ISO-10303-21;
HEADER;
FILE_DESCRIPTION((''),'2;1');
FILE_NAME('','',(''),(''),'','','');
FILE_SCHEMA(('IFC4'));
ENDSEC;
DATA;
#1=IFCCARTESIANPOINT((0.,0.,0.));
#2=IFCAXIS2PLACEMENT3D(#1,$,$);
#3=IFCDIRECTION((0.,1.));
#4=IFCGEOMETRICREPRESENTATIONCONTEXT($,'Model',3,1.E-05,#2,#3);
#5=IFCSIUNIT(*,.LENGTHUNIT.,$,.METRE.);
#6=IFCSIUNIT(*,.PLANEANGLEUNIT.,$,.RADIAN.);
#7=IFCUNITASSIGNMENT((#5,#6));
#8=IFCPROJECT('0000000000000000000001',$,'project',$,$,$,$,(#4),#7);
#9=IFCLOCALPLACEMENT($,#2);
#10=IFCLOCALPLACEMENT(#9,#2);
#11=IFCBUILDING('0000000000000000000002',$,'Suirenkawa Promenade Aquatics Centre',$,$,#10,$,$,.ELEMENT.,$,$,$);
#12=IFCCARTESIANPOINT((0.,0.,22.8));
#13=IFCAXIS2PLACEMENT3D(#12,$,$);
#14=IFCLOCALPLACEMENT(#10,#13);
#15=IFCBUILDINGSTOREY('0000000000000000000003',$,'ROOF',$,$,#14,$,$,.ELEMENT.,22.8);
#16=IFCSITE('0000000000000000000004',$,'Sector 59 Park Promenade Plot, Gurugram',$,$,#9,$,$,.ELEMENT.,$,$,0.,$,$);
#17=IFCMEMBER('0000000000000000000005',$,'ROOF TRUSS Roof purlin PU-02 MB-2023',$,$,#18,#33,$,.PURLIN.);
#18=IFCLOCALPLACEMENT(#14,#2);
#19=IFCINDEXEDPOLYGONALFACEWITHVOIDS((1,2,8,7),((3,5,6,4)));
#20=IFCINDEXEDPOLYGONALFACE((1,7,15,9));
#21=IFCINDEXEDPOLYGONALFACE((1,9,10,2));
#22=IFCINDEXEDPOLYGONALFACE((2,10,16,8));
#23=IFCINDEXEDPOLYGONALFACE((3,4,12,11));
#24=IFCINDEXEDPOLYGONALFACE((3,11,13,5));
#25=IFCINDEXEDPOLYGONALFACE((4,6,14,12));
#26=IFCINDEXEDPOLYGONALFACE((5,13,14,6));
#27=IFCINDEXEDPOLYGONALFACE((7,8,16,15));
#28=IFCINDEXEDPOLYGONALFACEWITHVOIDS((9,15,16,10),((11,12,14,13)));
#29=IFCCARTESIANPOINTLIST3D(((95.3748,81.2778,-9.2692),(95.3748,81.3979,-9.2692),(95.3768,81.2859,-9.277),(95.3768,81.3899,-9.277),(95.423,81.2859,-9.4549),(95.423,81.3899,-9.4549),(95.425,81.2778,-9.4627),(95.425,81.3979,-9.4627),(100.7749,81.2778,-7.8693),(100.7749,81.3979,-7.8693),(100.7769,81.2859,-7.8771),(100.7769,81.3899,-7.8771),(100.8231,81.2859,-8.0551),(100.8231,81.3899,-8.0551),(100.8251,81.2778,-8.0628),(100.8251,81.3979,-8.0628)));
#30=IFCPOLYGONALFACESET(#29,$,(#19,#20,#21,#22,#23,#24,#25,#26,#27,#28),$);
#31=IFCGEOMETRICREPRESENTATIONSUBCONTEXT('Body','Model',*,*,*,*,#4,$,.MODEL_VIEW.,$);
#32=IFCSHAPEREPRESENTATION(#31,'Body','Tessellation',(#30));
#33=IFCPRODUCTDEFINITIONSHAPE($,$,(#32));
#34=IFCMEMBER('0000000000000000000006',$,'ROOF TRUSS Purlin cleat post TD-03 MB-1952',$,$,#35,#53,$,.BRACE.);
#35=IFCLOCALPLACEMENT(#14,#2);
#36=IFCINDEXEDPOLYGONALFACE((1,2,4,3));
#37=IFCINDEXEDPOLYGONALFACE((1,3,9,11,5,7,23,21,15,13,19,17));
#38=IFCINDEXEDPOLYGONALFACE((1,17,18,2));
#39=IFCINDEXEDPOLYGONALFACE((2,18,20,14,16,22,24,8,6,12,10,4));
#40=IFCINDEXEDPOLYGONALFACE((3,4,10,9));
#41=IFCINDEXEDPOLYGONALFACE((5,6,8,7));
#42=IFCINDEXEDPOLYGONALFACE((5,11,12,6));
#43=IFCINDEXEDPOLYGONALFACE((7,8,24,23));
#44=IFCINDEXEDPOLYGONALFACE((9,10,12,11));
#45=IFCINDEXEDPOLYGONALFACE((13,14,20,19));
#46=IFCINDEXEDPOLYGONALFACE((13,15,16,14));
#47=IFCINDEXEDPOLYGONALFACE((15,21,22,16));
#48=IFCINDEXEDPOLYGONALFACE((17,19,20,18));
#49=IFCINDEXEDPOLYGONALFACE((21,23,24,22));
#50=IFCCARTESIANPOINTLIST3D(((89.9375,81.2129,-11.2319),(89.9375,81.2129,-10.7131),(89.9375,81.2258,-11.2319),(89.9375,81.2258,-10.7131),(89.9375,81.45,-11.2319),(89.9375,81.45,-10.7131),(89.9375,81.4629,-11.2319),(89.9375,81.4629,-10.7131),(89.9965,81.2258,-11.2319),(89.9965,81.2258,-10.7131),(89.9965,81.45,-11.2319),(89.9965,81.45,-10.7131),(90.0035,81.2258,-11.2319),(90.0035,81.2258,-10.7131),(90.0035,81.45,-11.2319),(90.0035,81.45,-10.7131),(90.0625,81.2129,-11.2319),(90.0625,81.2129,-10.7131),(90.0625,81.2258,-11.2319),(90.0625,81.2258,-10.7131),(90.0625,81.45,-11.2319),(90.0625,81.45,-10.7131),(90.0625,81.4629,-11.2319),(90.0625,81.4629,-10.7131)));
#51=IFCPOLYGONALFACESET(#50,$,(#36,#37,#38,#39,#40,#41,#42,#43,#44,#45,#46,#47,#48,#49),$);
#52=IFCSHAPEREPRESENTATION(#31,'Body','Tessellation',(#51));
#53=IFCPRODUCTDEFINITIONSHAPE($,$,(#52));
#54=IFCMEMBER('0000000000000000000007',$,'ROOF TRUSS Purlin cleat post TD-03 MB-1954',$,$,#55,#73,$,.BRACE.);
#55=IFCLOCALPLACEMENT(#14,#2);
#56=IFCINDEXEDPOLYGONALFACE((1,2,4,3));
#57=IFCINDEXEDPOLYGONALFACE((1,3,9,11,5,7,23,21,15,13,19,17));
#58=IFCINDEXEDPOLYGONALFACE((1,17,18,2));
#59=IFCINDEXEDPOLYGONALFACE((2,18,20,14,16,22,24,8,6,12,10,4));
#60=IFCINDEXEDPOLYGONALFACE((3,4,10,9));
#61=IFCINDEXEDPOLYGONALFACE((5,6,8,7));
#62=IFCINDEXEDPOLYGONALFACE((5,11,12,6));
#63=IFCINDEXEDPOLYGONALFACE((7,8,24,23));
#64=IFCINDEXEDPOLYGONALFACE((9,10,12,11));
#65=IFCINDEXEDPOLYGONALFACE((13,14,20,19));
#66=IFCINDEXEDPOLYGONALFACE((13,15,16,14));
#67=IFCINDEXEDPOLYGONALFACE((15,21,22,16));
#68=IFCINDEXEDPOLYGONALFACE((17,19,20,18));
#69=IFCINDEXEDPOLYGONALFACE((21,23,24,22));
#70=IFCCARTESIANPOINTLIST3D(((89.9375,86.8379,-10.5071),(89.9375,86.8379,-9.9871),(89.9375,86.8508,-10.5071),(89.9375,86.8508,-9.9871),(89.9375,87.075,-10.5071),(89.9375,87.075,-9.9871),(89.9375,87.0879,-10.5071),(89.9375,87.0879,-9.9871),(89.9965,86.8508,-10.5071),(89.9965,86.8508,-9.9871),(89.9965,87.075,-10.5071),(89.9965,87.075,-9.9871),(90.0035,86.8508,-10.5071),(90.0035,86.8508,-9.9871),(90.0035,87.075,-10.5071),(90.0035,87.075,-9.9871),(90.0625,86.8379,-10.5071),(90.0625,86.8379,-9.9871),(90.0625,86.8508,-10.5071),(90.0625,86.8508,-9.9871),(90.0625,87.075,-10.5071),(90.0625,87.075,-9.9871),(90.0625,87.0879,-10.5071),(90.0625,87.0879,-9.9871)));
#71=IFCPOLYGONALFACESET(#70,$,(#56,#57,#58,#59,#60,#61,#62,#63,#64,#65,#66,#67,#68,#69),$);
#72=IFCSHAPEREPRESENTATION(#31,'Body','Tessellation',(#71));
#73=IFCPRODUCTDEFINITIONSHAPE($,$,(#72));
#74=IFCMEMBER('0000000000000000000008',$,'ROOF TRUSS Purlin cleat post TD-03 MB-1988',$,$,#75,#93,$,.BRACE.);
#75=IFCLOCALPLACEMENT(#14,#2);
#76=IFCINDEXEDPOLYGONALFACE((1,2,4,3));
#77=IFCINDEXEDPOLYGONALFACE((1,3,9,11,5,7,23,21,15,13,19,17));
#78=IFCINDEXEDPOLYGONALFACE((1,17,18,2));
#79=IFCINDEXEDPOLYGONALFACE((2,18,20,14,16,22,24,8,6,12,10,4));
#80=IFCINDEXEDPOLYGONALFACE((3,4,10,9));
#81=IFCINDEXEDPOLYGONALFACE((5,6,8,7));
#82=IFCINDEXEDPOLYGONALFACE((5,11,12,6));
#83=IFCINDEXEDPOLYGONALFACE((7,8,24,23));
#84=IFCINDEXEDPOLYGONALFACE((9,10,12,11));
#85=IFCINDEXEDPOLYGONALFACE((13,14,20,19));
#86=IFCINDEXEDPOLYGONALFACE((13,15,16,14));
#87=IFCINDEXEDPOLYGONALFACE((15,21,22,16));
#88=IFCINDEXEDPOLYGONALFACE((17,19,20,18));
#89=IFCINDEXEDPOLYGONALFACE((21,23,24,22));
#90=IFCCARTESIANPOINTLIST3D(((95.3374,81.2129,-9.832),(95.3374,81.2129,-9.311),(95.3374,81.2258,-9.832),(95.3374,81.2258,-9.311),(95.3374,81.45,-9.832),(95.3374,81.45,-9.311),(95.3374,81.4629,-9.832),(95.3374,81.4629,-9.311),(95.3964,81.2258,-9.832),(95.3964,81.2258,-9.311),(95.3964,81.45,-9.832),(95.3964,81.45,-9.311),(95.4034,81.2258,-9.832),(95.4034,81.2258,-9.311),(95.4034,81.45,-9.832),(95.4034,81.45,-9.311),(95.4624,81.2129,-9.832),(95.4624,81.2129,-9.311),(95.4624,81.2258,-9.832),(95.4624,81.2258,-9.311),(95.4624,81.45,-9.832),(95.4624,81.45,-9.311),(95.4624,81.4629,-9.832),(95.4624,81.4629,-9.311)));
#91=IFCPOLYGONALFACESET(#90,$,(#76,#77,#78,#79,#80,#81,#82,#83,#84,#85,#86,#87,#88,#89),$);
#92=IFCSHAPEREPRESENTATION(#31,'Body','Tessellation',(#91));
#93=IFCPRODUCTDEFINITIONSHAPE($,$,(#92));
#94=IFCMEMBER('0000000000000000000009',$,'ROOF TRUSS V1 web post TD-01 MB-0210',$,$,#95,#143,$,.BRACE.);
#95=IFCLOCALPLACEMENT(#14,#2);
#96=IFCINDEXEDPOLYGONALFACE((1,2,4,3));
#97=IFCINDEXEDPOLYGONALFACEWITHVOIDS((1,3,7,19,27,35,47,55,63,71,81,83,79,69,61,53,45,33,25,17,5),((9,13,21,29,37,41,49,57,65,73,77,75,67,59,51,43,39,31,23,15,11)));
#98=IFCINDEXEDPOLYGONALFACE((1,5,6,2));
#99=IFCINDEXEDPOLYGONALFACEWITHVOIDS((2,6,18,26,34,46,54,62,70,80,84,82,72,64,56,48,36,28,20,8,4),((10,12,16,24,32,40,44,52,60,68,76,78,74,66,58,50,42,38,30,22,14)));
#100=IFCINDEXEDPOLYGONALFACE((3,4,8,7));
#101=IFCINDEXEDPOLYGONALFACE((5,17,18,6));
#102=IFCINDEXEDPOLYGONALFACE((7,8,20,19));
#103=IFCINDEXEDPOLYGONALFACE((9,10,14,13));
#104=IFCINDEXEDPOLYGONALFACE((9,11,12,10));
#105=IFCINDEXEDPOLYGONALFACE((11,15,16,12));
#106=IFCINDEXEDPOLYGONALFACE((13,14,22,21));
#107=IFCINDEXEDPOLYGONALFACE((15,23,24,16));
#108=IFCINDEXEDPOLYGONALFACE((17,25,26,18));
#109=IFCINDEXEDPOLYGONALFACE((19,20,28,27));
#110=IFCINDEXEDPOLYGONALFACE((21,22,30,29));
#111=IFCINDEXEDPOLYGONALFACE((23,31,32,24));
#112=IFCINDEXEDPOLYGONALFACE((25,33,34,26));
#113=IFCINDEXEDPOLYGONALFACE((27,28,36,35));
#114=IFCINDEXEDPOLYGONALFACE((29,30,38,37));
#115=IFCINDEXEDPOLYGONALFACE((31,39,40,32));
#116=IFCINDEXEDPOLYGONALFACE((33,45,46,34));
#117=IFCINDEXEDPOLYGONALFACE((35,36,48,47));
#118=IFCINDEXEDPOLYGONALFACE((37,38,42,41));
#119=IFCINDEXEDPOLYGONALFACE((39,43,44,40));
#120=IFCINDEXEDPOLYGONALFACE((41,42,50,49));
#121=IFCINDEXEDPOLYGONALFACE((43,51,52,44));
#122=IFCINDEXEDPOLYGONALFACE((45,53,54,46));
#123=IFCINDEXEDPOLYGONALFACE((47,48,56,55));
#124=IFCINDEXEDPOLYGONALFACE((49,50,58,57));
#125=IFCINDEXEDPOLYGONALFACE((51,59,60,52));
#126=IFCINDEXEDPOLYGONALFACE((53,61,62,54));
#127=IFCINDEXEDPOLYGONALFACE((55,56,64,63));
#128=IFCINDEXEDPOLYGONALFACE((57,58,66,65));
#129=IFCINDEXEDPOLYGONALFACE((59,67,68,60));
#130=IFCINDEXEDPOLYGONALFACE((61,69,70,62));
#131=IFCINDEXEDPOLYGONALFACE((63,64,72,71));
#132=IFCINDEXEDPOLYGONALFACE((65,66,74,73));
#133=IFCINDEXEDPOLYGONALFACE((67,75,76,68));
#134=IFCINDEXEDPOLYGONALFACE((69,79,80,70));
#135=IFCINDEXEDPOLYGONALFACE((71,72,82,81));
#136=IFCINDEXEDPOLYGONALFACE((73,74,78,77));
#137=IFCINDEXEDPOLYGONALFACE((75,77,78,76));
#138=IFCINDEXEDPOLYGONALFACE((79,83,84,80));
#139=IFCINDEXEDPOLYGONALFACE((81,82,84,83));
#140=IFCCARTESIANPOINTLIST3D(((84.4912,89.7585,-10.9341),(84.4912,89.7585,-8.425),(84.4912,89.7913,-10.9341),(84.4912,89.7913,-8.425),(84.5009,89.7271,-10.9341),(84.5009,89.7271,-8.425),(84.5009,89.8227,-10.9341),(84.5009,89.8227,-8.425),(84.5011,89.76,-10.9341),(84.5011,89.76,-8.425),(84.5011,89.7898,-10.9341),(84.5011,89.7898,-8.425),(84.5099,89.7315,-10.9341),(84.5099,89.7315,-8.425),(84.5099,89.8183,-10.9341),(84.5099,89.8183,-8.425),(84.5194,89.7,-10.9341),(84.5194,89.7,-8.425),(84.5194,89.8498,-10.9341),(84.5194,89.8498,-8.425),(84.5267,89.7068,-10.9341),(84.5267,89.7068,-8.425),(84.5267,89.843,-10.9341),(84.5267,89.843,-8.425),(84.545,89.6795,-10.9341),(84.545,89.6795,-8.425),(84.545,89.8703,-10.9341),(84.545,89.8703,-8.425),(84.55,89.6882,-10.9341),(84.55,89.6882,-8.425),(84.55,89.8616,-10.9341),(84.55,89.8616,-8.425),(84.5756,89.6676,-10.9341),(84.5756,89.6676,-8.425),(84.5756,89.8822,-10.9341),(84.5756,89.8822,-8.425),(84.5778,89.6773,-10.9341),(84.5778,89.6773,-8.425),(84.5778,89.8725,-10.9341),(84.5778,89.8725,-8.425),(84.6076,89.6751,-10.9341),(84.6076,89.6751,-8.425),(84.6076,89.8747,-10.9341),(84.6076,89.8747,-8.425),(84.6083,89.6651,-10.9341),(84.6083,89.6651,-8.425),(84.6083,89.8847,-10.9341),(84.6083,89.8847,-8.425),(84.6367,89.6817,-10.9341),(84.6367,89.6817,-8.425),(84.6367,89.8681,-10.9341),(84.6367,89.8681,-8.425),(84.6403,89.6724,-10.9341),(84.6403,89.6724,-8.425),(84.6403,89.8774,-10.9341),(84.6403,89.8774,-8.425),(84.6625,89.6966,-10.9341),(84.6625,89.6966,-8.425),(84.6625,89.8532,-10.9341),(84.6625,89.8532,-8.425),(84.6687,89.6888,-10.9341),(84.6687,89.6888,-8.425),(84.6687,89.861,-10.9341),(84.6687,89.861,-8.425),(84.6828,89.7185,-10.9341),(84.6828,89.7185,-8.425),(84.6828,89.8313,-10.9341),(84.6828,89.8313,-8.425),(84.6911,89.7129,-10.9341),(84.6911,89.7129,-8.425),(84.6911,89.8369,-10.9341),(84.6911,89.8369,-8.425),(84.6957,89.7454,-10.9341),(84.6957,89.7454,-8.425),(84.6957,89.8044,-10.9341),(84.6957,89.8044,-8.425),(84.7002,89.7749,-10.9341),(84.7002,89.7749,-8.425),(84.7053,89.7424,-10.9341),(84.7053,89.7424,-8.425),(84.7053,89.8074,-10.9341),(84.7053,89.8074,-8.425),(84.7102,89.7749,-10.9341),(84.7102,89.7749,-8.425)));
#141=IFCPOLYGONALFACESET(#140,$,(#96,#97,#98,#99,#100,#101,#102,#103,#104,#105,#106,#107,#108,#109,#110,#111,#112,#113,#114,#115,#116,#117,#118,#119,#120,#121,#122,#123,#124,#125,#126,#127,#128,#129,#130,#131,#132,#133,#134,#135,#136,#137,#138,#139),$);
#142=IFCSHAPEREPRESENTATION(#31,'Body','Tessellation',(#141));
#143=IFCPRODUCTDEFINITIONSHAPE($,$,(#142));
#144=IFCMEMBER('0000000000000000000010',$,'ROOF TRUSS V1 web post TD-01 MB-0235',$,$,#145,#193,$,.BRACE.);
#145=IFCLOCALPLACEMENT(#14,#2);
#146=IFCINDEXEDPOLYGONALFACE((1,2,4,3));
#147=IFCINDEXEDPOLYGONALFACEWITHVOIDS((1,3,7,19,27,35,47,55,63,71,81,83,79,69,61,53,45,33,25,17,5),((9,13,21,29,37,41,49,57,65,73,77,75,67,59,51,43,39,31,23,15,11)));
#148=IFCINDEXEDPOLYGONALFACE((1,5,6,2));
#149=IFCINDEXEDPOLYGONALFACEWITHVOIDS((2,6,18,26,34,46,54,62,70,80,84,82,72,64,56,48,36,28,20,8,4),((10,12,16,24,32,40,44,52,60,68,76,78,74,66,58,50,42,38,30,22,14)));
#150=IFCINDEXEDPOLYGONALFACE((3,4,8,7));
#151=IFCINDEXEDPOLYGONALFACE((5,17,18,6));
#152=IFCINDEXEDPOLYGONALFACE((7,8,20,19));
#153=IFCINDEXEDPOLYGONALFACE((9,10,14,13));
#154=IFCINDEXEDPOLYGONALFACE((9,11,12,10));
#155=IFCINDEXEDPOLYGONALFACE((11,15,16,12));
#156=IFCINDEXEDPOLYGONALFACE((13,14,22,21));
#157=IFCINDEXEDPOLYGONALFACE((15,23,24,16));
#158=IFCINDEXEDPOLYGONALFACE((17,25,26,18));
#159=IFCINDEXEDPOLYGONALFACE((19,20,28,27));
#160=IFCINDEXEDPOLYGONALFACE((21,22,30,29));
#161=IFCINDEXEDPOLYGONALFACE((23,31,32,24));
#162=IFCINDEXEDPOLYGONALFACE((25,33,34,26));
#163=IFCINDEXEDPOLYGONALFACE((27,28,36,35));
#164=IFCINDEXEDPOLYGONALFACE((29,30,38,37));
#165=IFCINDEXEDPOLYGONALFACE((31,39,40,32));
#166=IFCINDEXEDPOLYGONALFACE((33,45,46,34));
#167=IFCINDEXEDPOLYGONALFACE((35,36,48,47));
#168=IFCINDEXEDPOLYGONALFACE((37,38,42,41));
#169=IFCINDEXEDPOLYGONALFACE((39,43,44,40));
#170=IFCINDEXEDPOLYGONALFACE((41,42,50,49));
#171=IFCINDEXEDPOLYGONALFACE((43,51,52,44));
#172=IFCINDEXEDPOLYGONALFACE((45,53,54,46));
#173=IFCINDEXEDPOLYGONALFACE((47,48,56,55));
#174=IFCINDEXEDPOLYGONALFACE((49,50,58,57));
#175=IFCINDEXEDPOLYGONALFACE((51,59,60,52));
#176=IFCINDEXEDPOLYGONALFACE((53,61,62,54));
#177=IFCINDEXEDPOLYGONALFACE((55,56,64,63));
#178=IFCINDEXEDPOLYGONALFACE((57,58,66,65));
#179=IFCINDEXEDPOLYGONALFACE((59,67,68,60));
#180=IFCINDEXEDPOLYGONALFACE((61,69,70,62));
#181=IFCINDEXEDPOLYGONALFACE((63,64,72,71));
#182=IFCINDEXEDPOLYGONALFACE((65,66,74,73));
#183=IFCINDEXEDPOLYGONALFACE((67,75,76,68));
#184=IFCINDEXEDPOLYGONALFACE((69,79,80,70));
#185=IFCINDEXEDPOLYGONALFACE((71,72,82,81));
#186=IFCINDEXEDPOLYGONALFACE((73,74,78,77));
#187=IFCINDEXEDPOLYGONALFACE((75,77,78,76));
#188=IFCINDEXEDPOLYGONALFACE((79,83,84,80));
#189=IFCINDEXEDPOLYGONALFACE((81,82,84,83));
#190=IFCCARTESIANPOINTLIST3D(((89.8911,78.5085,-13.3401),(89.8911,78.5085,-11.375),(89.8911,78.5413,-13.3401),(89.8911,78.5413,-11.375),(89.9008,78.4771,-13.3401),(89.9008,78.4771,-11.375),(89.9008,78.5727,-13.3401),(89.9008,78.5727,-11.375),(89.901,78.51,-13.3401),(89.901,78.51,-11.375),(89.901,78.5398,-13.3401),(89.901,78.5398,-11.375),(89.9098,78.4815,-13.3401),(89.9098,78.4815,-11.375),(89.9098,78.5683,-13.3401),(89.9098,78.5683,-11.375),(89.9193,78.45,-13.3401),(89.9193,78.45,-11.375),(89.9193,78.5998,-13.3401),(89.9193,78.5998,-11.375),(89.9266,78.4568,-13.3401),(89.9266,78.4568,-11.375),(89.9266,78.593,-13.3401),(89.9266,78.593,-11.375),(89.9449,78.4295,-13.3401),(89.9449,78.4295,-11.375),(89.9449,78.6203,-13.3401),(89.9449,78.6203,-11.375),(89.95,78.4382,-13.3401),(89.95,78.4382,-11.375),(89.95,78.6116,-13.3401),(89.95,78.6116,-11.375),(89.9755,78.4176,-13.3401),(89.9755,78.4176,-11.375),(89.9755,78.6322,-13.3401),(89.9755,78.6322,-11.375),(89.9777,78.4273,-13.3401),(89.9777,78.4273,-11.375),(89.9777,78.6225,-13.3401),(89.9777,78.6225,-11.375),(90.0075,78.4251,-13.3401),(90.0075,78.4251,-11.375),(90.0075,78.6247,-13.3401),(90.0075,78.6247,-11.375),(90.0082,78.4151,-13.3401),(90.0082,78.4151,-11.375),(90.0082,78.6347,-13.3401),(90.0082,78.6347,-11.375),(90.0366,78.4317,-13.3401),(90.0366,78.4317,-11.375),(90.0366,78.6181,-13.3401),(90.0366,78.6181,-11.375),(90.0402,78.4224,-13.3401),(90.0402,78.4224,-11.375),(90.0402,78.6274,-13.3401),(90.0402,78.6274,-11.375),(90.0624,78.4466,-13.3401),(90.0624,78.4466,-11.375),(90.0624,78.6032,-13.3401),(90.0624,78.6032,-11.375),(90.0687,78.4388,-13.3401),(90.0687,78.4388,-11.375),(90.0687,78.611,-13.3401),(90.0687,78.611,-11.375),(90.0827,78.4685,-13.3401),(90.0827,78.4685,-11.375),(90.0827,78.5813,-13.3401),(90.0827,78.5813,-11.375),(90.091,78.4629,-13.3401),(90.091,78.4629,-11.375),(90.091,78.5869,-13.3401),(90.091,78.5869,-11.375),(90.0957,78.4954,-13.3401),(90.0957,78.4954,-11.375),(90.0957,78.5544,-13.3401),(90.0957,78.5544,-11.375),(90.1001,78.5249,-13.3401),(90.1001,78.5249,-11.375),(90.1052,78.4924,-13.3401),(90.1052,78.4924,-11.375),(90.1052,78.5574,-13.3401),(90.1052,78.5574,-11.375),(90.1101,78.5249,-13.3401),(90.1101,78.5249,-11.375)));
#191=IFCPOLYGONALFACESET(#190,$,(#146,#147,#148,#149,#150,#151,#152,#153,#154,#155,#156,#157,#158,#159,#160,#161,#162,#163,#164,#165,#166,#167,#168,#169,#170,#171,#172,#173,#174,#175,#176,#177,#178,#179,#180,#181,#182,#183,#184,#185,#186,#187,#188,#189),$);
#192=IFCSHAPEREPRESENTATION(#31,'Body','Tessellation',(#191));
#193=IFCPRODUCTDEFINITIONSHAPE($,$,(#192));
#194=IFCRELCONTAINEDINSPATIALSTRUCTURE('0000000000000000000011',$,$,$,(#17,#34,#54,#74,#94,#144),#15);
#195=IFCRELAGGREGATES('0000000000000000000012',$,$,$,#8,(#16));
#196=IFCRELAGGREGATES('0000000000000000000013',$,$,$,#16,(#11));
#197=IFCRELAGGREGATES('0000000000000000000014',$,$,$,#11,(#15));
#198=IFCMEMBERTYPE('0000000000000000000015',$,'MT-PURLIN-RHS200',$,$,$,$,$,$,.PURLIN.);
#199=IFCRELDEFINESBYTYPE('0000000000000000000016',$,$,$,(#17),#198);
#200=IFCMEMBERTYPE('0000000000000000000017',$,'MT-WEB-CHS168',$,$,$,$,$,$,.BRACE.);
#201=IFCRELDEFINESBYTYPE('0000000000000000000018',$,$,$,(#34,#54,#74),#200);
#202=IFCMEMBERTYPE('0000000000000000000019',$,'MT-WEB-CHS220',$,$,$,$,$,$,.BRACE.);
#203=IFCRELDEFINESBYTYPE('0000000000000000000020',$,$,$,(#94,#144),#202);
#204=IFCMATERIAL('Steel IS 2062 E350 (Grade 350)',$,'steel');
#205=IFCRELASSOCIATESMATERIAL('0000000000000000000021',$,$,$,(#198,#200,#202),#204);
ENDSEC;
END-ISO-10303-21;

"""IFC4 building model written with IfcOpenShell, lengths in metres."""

from ifc_helpers import new_model, si_unit, direction, frame, origin, origin_2d, place, context, subcontext, project, spatial, hollow_rectangle, hollow_circle, i_section, extrude, material, material_profile, profile_set, type_object, element, save


model = new_model("IFC4")

# Units and contexts
model_context = context("Model", 3, precision=1e-05, world=origin(), true_north=direction((0.0, 1.0)))
body_context = subcontext(model_context, "Body", "Model", "MODEL_VIEW")
ifc_project = project(units=[si_unit("LENGTHUNIT", "METRE"), si_unit("PLANEANGLEUNIT", "RADIAN")], contexts=[model_context])

# Site, building, storey
site_placement = place(None, origin())
site = spatial("IfcSite", under=ifc_project, at=site_placement, Name="Sector 59 Park Promenade Plot, Gurugram", CompositionType="ELEMENT", RefElevation=0.0)
building_placement = place(site_placement, origin())
building = spatial("IfcBuilding", under=site, at=building_placement, Name="Suirenkawa Promenade Aquatics Centre", CompositionType="ELEMENT")
storey_placement = place(building_placement, frame((0.0, 0.0, 22.8)))
storey = spatial("IfcBuildingStorey", under=building, at=storey_placement, Name="ROOF", CompositionType="ELEMENT", Elevation=22.8)

# Shared definitions
ifc_material = material(Name="Steel IS 2062 E350 (Grade 350)", Category="steel")

# Members
ifc_material_profile_1 = material_profile(ifc_material, hollow_rectangle(XDim=0.1201, YDim=0.2, WallThickness=0.0081, at=origin_2d()), Name="RHS 200x120x8", Category="steel")
ifc_profile_set_1 = profile_set([ifc_material_profile_1], Name="Steel IS 2062 E350 (Grade 350)")
member_type_1 = type_object("IfcMemberType", Name="MT-PURLIN-RHS200", PredefinedType="PURLIN", material=ifc_profile_set_1)
member_1_placement = place(storey_placement, frame((95.3999, 81.3379, -9.366), z_axis=(0.968003, 0.0, 0.250939), x_axis=(0.0, 1.0, 0.0)))
element("IfcMember", 1, at=member_1_placement, inside=storey, type_object=member_type_1, Name="ROOF TRUSS Roof purlin PU-02 MB-2023", PredefinedType="PURLIN", context=body_context, shape_type="SweptSolid", body=[
    extrude(hollow_rectangle(XDim=0.1201, YDim=0.2, WallThickness=0.0081, at=origin_2d()), origin(), (0.0, 0.0, 1.0), 5.5786),
])
ifc_material_profile_2 = material_profile(ifc_material, i_section(OverallWidth=0.125, OverallDepth=0.25, WebThickness=0.0071, FlangeThickness=0.0129, at=origin_2d()), Name="ISMB 250", Category="steel")
ifc_profile_set_2 = profile_set([ifc_material_profile_2], Name="Steel IS 2062 E350 (Grade 350)")
member_type_2 = type_object("IfcMemberType", Name="MT-WEB-CHS168", PredefinedType="BRACE", material=ifc_profile_set_2)
member_2_placement = place(storey_placement, frame((90.0, 81.3379, -11.2319), z_axis=(0.0, 0.0, 1.0), x_axis=(1.0, 0.0, 0.0)))
element("IfcMember", 2, at=member_2_placement, inside=storey, type_object=member_type_2, Name="ROOF TRUSS Purlin cleat post TD-03 MB-1952", PredefinedType="BRACE", context=body_context, shape_type="SweptSolid", body=[
    extrude(i_section(OverallWidth=0.125, OverallDepth=0.25, WebThickness=0.0071, FlangeThickness=0.0129, at=origin_2d()), origin(), (0.0, 0.0, 1.0), 0.5188),
])
member_3_placement = place(storey_placement, frame((90.0, 86.9629, -10.5071), z_axis=(0.0, 0.0, 1.0), x_axis=(1.0, 0.0, 0.0)))
element("IfcMember", 3, at=member_3_placement, inside=storey, type_object=member_type_2, Name="ROOF TRUSS Purlin cleat post TD-03 MB-1954", PredefinedType="BRACE", context=body_context, shape_type="SweptSolid", body=[
    extrude(i_section(OverallWidth=0.125, OverallDepth=0.25, WebThickness=0.0071, FlangeThickness=0.0129, at=origin_2d()), origin(), (0.0, 0.0, 1.0), 0.52),
])
member_4_placement = place(storey_placement, frame((95.3999, 81.3379, -9.832), z_axis=(0.0, 0.0, 1.0), x_axis=(1.0, 0.0, 0.0)))
element("IfcMember", 4, at=member_4_placement, inside=storey, type_object=member_type_2, Name="ROOF TRUSS Purlin cleat post TD-03 MB-1988", PredefinedType="BRACE", context=body_context, shape_type="SweptSolid", body=[
    extrude(i_section(OverallWidth=0.125, OverallDepth=0.25, WebThickness=0.0071, FlangeThickness=0.0129, at=origin_2d()), origin(), (0.0, 0.0, 1.0), 0.521),
])
ifc_material_profile_3 = material_profile(ifc_material, hollow_circle(Radius=0.1101, WallThickness=0.01, at=origin_2d()), Name="CHS 220x10", Category="steel")
ifc_profile_set_3 = profile_set([ifc_material_profile_3], Name="Steel IS 2062 E350 (Grade 350)")
member_type_3 = type_object("IfcMemberType", Name="MT-WEB-CHS220", PredefinedType="BRACE", material=ifc_profile_set_3)
member_5_placement = place(storey_placement, frame((84.6001, 89.7749, -10.9341), z_axis=(0.0, 0.0, 1.0), x_axis=(1.0, 0.0, 0.0)))
element("IfcMember", 5, at=member_5_placement, inside=storey, type_object=member_type_3, Name="ROOF TRUSS V1 web post TD-01 MB-0210", PredefinedType="BRACE", context=body_context, shape_type="SweptSolid", body=[
    extrude(hollow_circle(Radius=0.1101, WallThickness=0.01, at=origin_2d()), origin(), (0.0, 0.0, 1.0), 2.509),
])
member_6_placement = place(storey_placement, frame((90.0, 78.5249, -13.3401), z_axis=(0.0, 0.0, 1.0), x_axis=(1.0, 0.0, 0.0)))
element("IfcMember", 6, at=member_6_placement, inside=storey, type_object=member_type_3, Name="ROOF TRUSS V1 web post TD-01 MB-0235", PredefinedType="BRACE", context=body_context, shape_type="SweptSolid", body=[
    extrude(hollow_circle(Radius=0.1101, WallThickness=0.01, at=origin_2d()), origin(), (0.0, 0.0, 1.0), 1.9651),
])

save(model, "model.ifc")
